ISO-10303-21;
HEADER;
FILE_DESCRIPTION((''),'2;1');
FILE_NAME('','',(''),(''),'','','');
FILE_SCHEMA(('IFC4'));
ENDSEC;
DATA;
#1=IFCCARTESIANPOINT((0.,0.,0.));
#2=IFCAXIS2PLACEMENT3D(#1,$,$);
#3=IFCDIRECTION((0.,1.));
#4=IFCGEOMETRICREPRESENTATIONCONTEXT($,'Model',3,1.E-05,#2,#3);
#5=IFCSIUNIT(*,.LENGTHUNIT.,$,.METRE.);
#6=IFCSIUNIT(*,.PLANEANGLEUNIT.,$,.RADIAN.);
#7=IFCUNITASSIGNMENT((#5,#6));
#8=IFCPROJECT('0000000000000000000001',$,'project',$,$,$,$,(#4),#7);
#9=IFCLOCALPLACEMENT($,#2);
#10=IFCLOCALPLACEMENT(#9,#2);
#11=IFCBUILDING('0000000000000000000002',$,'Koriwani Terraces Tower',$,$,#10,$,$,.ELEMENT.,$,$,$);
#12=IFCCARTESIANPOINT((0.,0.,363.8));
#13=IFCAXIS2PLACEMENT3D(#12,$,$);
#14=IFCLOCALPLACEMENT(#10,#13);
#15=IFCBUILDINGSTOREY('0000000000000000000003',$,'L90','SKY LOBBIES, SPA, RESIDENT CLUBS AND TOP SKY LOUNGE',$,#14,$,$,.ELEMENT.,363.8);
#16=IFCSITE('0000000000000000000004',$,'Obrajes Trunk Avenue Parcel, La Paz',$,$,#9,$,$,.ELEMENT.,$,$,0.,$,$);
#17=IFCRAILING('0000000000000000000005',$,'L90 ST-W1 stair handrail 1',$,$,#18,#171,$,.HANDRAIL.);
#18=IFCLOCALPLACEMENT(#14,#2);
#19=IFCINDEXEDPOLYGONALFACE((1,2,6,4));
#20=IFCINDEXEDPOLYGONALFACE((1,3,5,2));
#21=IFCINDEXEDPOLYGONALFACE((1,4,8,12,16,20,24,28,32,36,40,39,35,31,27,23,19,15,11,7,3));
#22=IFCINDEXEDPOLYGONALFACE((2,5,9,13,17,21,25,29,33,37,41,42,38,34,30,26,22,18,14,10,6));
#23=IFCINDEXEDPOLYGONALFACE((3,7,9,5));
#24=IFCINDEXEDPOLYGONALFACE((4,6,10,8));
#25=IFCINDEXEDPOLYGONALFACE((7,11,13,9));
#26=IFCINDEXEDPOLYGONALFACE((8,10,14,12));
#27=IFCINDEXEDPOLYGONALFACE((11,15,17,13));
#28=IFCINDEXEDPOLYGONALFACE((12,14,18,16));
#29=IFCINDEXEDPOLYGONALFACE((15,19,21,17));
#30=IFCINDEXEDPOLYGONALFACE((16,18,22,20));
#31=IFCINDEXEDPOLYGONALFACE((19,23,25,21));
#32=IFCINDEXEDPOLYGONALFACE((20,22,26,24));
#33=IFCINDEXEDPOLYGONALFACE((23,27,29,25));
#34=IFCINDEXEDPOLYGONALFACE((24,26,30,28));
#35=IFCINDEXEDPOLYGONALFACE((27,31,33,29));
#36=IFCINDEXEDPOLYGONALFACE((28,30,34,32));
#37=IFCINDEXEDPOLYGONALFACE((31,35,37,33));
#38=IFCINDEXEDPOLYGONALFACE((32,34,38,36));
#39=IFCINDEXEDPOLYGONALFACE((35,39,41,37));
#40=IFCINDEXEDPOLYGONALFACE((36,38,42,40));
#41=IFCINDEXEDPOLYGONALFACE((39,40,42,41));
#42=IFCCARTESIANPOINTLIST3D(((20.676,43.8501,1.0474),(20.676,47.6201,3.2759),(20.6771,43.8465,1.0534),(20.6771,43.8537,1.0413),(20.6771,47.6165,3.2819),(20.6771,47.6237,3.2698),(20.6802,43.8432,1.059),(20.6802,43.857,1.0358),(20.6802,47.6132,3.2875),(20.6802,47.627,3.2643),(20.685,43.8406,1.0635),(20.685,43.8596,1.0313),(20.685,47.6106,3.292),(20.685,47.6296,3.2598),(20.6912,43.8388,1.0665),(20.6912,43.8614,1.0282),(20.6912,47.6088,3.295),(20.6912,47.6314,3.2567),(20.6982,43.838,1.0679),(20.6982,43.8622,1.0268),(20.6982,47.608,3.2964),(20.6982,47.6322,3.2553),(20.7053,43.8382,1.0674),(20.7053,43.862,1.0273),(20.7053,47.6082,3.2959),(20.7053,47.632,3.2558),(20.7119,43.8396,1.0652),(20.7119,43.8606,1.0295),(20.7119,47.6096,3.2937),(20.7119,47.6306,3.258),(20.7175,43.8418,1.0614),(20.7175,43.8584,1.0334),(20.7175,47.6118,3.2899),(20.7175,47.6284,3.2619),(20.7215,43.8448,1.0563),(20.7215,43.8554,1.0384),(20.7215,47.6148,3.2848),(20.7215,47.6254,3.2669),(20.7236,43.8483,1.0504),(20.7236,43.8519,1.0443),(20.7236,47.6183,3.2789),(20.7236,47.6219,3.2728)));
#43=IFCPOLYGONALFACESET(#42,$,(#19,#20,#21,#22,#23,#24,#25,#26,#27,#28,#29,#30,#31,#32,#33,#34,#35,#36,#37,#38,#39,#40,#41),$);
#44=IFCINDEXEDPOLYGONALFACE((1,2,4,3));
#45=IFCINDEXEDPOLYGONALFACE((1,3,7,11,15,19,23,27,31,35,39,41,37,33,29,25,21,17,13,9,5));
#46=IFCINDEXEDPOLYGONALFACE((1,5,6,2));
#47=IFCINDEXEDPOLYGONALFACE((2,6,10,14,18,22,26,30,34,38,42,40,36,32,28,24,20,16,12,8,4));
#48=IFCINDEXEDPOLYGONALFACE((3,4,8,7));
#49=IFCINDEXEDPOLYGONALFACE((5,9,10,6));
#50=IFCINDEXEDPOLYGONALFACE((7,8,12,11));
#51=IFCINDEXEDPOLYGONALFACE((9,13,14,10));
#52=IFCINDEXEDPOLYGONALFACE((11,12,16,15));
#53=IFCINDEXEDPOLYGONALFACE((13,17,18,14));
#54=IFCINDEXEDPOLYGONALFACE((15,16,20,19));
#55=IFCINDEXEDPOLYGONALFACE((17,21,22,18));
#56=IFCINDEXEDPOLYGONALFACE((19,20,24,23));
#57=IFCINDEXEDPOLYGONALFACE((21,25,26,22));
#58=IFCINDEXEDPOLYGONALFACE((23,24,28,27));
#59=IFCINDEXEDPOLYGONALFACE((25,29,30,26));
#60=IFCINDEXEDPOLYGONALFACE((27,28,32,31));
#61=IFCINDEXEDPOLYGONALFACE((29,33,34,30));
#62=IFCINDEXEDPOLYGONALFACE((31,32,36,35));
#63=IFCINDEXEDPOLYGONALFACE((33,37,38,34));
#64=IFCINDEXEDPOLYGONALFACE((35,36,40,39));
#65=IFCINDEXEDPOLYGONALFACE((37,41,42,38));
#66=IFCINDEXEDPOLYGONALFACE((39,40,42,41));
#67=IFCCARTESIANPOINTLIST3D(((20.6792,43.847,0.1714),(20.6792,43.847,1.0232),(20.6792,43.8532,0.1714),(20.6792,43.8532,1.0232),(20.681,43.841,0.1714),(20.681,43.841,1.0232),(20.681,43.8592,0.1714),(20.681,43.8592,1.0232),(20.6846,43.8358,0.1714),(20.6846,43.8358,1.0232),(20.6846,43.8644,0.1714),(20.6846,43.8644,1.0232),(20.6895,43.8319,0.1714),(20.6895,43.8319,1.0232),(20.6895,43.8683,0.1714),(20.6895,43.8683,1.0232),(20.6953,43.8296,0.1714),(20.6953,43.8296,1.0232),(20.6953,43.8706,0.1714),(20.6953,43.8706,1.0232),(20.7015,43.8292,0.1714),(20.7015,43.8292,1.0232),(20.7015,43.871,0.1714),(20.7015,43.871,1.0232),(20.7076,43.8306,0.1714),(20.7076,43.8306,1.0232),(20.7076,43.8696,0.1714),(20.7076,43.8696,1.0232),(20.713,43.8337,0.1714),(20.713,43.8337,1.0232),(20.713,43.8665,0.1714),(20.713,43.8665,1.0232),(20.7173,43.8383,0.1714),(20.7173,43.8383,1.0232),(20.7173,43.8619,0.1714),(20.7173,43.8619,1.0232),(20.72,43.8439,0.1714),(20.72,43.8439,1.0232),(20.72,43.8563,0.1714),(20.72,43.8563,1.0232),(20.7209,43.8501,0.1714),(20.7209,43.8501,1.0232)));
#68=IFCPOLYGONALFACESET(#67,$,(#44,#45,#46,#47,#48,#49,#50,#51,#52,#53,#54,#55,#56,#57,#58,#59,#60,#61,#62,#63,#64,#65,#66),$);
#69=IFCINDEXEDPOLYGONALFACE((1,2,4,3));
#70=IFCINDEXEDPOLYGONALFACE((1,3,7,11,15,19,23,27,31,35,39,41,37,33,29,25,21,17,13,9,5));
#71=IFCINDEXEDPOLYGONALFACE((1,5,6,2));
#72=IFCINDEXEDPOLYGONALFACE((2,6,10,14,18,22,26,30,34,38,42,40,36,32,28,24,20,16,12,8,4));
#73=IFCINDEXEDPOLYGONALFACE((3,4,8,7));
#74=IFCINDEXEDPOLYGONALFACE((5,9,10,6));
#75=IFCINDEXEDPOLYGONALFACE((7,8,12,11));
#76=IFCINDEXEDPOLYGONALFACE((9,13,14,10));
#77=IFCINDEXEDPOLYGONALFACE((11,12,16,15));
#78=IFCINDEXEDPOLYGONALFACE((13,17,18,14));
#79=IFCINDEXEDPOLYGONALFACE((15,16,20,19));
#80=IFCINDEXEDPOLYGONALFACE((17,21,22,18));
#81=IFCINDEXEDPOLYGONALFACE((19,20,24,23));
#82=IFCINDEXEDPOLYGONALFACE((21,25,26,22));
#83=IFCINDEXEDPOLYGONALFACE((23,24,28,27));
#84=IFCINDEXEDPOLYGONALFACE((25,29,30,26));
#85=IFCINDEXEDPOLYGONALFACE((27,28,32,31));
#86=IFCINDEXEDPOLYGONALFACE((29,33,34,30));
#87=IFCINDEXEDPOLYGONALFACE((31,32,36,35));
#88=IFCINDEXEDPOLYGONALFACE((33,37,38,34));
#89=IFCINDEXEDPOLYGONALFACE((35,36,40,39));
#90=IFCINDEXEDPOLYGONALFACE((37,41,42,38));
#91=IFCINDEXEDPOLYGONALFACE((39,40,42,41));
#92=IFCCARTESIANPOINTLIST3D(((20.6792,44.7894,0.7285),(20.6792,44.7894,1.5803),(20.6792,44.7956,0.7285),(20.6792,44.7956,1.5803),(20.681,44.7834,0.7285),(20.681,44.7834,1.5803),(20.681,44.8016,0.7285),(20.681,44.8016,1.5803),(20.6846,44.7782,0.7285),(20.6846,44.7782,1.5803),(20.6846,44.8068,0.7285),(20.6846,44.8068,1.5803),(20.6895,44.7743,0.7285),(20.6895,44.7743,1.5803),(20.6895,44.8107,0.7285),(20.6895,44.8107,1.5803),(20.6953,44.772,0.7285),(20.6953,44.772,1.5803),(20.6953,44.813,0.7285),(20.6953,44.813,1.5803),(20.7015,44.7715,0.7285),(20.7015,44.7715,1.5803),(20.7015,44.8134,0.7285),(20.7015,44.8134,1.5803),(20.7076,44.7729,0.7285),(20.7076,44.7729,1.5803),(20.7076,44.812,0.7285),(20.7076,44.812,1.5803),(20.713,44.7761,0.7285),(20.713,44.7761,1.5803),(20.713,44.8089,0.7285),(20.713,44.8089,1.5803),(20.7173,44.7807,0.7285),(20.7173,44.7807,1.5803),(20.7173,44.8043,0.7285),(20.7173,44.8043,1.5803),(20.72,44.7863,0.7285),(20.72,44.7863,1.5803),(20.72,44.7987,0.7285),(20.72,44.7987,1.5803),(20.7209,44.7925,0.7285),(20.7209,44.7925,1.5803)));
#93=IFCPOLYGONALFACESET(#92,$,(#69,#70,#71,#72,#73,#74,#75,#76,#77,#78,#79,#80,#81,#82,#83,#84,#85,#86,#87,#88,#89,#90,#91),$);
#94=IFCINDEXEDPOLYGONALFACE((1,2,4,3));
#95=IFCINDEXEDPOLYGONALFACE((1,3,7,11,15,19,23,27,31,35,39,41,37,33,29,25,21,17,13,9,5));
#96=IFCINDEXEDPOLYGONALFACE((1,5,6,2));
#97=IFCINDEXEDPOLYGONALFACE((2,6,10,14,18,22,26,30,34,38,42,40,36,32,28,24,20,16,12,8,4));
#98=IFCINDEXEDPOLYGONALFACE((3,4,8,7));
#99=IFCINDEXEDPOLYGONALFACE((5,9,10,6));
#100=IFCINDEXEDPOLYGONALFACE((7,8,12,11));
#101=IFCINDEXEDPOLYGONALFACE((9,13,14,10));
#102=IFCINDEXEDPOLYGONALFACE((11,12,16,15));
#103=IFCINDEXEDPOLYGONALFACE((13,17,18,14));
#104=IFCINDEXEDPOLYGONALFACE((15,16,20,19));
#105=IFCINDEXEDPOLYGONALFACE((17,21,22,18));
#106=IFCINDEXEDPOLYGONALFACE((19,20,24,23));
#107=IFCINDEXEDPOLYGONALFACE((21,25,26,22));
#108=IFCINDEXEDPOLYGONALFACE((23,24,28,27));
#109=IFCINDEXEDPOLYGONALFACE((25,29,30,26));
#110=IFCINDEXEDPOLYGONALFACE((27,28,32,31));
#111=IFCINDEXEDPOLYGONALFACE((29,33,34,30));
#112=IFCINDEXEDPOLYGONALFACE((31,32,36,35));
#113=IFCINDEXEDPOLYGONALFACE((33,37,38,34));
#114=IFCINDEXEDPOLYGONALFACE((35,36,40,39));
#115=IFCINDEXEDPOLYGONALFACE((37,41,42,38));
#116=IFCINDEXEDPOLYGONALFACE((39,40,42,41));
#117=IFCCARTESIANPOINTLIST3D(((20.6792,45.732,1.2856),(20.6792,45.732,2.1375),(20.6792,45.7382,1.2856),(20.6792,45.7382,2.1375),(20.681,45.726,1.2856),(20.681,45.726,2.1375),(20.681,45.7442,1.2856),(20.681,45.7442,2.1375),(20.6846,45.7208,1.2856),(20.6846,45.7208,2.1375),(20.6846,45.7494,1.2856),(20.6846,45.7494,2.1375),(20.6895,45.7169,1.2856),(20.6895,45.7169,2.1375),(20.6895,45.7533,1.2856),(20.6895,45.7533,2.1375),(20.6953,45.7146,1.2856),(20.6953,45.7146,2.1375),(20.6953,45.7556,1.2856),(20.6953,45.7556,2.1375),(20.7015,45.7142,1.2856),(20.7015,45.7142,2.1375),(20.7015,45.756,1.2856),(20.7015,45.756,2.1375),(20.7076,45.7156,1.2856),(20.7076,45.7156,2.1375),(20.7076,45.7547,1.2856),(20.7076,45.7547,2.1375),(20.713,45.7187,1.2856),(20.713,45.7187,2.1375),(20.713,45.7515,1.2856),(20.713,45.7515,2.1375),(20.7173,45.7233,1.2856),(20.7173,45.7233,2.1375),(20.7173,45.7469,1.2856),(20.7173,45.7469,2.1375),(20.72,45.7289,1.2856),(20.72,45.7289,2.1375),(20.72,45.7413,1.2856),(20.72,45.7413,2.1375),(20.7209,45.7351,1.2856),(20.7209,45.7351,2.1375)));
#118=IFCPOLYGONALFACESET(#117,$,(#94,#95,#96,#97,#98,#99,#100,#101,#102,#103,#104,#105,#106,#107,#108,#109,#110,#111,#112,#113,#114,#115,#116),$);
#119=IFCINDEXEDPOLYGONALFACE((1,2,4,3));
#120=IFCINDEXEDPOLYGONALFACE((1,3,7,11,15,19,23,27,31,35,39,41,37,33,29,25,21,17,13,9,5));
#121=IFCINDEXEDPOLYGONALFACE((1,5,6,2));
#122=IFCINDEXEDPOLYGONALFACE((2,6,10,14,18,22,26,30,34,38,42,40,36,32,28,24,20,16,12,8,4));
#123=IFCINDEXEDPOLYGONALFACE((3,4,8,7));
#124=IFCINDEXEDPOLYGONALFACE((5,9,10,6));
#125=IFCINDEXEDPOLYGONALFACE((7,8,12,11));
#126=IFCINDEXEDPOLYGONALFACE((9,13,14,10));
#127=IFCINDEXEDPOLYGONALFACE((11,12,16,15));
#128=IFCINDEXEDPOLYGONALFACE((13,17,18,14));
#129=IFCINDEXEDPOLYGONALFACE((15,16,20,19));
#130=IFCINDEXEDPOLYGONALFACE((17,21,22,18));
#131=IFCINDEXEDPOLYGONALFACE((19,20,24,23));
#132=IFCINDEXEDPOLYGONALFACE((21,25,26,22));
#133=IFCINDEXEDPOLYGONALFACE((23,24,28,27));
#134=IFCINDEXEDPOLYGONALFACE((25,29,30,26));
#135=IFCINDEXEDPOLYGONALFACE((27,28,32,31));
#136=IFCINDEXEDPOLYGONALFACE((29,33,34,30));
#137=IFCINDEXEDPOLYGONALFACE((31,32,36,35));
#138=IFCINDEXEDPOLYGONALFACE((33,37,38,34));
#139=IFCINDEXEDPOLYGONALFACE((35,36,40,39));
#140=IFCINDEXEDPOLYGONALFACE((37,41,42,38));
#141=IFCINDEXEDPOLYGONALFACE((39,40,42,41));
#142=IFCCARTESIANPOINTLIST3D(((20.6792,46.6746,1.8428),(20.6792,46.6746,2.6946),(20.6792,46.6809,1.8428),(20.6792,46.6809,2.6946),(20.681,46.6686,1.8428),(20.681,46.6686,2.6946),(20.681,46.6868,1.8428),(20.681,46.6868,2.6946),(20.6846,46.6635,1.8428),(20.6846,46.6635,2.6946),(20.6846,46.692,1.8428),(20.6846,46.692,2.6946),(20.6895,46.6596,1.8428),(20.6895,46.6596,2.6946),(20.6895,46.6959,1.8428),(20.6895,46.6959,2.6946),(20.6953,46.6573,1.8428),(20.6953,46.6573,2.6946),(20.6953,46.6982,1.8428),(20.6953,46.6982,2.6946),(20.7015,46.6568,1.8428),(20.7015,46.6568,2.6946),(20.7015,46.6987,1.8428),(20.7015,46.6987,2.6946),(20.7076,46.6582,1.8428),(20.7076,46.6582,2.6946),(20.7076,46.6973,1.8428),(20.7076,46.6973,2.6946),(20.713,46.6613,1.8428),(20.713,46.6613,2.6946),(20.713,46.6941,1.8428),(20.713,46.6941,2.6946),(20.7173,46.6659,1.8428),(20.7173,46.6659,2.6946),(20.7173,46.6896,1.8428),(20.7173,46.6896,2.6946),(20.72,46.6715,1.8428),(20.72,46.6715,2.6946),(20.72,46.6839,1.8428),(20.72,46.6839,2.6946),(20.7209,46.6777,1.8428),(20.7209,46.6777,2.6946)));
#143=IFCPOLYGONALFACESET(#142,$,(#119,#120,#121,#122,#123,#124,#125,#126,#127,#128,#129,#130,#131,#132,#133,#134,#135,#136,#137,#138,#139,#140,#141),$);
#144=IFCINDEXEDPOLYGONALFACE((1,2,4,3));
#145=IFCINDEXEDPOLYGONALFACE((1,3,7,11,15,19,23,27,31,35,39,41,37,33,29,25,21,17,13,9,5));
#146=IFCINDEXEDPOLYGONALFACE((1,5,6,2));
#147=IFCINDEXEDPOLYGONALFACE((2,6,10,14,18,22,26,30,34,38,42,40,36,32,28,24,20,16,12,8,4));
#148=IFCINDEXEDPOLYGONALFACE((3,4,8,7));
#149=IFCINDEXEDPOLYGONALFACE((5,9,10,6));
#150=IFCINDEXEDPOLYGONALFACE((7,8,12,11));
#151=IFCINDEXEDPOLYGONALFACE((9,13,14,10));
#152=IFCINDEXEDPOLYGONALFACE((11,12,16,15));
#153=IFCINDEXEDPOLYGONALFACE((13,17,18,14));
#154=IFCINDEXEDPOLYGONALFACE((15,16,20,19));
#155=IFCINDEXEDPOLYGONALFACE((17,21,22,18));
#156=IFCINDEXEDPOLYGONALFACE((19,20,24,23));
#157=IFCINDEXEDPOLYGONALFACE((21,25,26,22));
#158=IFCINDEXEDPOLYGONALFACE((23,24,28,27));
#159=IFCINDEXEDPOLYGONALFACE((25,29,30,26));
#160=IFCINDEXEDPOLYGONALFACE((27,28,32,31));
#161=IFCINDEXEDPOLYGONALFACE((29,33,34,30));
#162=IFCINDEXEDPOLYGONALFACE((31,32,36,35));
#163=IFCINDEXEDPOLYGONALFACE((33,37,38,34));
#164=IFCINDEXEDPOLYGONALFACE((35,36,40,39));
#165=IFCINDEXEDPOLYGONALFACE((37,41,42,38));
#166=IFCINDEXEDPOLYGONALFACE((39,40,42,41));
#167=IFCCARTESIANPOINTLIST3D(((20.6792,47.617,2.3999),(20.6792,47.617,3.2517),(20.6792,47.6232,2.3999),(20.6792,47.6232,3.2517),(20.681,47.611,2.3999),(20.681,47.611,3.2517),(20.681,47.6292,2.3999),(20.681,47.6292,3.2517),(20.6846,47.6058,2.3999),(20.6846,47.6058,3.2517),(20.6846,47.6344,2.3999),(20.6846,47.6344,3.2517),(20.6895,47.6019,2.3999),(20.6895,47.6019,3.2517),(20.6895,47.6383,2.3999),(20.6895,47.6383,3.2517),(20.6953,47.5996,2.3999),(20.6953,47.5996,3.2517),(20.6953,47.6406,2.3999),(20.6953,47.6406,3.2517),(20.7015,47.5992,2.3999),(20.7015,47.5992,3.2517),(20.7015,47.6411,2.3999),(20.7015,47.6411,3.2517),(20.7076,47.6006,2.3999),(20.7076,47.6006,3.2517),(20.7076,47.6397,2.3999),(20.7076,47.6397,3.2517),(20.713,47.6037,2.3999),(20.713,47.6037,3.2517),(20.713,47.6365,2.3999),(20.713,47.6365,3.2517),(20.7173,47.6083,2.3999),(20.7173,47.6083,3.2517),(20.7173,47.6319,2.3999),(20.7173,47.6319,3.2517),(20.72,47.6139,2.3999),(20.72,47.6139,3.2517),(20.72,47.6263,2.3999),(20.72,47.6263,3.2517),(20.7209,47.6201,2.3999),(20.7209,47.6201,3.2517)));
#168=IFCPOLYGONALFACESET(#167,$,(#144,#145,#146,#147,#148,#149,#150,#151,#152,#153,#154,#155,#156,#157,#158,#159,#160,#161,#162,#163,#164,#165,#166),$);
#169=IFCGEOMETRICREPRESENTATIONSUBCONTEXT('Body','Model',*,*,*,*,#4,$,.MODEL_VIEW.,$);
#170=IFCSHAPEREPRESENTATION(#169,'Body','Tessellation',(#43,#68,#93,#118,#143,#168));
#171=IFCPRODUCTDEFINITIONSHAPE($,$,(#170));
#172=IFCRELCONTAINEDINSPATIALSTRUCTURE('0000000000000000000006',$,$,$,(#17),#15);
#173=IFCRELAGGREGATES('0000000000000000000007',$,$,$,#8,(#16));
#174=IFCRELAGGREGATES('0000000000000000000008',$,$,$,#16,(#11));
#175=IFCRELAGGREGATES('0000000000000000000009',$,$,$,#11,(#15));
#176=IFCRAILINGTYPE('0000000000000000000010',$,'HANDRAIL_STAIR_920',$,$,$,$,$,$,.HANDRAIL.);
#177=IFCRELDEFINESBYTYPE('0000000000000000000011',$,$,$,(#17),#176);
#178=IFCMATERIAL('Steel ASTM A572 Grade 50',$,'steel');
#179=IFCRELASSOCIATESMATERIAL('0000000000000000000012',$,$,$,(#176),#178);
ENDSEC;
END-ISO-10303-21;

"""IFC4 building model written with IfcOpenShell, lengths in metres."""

from ifc_helpers import new_model, si_unit, direction, frame, origin, origin_2d, place, context, subcontext, project, spatial, circle, extrude, material, type_object, element, save


model = new_model("IFC4")

# Units and contexts
model_context = context("Model", 3, precision=1e-05, world=origin(), true_north=direction((0.0, 1.0)))
body_context = subcontext(model_context, "Body", "Model", "MODEL_VIEW")
ifc_project = project(units=[si_unit("LENGTHUNIT", "METRE"), si_unit("PLANEANGLEUNIT", "RADIAN")], contexts=[model_context])

# Site, building, storey
site_placement = place(None, origin())
site = spatial("IfcSite", under=ifc_project, at=site_placement, Name="Obrajes Trunk Avenue Parcel, La Paz", CompositionType="ELEMENT", RefElevation=0.0)
building_placement = place(site_placement, origin())
building = spatial("IfcBuilding", under=site, at=building_placement, Name="Koriwani Terraces Tower", CompositionType="ELEMENT")
storey_placement = place(building_placement, frame((0.0, 0.0, 363.8)))
storey = spatial("IfcBuildingStorey", under=building, at=storey_placement, Name="L90", Description="SKY LOBBIES, SPA, RESIDENT CLUBS AND TOP SKY LOUNGE", CompositionType="ELEMENT", Elevation=363.8)

# Shared definitions
ifc_material_1 = material(Name="Steel ASTM A572 Grade 50", Category="steel")

# Railing
railing_type_1 = type_object("IfcRailingType", Name="HANDRAIL_STAIR_920", PredefinedType="HANDRAIL", material=ifc_material_1)
railing_1_placement = place(storey_placement, frame((20.7, 43.8501, 0.1714)))
element("IfcRailing", 1, at=railing_1_placement, inside=storey, type_object=railing_type_1, Name="L90 ST-W1 stair handrail 1", PredefinedType="HANDRAIL", context=body_context, shape_type="SweptSolid", body=[
    extrude(circle(Radius=0.0239, at=origin_2d()), frame((0.0, 0.0, 0.876), z_axis=(0.0, 0.860849, 0.508861), x_axis=(-1.0, 0.0, 0.0)), (0.0, 0.0, 1.0), 4.3794),
    extrude(circle(Radius=0.021, at=origin_2d()), origin(), (0.0, 0.0, 1.0), 0.8518),
    extrude(circle(Radius=0.021, at=origin_2d()), frame((0.0, 0.9424, 0.5571)), (0.0, 0.0, 1.0), 0.8518),
    extrude(circle(Radius=0.021, at=origin_2d()), frame((0.0, 1.885, 1.1143)), (0.0, 0.0, 1.0), 0.8518),
    extrude(circle(Radius=0.021, at=origin_2d()), frame((0.0, 2.8276, 1.6714)), (0.0, 0.0, 1.0), 0.8518),
    extrude(circle(Radius=0.021, at=origin_2d()), frame((0.0, 3.77, 2.2285)), (0.0, 0.0, 1.0), 0.8518),
])

save(model, "model.ifc")
